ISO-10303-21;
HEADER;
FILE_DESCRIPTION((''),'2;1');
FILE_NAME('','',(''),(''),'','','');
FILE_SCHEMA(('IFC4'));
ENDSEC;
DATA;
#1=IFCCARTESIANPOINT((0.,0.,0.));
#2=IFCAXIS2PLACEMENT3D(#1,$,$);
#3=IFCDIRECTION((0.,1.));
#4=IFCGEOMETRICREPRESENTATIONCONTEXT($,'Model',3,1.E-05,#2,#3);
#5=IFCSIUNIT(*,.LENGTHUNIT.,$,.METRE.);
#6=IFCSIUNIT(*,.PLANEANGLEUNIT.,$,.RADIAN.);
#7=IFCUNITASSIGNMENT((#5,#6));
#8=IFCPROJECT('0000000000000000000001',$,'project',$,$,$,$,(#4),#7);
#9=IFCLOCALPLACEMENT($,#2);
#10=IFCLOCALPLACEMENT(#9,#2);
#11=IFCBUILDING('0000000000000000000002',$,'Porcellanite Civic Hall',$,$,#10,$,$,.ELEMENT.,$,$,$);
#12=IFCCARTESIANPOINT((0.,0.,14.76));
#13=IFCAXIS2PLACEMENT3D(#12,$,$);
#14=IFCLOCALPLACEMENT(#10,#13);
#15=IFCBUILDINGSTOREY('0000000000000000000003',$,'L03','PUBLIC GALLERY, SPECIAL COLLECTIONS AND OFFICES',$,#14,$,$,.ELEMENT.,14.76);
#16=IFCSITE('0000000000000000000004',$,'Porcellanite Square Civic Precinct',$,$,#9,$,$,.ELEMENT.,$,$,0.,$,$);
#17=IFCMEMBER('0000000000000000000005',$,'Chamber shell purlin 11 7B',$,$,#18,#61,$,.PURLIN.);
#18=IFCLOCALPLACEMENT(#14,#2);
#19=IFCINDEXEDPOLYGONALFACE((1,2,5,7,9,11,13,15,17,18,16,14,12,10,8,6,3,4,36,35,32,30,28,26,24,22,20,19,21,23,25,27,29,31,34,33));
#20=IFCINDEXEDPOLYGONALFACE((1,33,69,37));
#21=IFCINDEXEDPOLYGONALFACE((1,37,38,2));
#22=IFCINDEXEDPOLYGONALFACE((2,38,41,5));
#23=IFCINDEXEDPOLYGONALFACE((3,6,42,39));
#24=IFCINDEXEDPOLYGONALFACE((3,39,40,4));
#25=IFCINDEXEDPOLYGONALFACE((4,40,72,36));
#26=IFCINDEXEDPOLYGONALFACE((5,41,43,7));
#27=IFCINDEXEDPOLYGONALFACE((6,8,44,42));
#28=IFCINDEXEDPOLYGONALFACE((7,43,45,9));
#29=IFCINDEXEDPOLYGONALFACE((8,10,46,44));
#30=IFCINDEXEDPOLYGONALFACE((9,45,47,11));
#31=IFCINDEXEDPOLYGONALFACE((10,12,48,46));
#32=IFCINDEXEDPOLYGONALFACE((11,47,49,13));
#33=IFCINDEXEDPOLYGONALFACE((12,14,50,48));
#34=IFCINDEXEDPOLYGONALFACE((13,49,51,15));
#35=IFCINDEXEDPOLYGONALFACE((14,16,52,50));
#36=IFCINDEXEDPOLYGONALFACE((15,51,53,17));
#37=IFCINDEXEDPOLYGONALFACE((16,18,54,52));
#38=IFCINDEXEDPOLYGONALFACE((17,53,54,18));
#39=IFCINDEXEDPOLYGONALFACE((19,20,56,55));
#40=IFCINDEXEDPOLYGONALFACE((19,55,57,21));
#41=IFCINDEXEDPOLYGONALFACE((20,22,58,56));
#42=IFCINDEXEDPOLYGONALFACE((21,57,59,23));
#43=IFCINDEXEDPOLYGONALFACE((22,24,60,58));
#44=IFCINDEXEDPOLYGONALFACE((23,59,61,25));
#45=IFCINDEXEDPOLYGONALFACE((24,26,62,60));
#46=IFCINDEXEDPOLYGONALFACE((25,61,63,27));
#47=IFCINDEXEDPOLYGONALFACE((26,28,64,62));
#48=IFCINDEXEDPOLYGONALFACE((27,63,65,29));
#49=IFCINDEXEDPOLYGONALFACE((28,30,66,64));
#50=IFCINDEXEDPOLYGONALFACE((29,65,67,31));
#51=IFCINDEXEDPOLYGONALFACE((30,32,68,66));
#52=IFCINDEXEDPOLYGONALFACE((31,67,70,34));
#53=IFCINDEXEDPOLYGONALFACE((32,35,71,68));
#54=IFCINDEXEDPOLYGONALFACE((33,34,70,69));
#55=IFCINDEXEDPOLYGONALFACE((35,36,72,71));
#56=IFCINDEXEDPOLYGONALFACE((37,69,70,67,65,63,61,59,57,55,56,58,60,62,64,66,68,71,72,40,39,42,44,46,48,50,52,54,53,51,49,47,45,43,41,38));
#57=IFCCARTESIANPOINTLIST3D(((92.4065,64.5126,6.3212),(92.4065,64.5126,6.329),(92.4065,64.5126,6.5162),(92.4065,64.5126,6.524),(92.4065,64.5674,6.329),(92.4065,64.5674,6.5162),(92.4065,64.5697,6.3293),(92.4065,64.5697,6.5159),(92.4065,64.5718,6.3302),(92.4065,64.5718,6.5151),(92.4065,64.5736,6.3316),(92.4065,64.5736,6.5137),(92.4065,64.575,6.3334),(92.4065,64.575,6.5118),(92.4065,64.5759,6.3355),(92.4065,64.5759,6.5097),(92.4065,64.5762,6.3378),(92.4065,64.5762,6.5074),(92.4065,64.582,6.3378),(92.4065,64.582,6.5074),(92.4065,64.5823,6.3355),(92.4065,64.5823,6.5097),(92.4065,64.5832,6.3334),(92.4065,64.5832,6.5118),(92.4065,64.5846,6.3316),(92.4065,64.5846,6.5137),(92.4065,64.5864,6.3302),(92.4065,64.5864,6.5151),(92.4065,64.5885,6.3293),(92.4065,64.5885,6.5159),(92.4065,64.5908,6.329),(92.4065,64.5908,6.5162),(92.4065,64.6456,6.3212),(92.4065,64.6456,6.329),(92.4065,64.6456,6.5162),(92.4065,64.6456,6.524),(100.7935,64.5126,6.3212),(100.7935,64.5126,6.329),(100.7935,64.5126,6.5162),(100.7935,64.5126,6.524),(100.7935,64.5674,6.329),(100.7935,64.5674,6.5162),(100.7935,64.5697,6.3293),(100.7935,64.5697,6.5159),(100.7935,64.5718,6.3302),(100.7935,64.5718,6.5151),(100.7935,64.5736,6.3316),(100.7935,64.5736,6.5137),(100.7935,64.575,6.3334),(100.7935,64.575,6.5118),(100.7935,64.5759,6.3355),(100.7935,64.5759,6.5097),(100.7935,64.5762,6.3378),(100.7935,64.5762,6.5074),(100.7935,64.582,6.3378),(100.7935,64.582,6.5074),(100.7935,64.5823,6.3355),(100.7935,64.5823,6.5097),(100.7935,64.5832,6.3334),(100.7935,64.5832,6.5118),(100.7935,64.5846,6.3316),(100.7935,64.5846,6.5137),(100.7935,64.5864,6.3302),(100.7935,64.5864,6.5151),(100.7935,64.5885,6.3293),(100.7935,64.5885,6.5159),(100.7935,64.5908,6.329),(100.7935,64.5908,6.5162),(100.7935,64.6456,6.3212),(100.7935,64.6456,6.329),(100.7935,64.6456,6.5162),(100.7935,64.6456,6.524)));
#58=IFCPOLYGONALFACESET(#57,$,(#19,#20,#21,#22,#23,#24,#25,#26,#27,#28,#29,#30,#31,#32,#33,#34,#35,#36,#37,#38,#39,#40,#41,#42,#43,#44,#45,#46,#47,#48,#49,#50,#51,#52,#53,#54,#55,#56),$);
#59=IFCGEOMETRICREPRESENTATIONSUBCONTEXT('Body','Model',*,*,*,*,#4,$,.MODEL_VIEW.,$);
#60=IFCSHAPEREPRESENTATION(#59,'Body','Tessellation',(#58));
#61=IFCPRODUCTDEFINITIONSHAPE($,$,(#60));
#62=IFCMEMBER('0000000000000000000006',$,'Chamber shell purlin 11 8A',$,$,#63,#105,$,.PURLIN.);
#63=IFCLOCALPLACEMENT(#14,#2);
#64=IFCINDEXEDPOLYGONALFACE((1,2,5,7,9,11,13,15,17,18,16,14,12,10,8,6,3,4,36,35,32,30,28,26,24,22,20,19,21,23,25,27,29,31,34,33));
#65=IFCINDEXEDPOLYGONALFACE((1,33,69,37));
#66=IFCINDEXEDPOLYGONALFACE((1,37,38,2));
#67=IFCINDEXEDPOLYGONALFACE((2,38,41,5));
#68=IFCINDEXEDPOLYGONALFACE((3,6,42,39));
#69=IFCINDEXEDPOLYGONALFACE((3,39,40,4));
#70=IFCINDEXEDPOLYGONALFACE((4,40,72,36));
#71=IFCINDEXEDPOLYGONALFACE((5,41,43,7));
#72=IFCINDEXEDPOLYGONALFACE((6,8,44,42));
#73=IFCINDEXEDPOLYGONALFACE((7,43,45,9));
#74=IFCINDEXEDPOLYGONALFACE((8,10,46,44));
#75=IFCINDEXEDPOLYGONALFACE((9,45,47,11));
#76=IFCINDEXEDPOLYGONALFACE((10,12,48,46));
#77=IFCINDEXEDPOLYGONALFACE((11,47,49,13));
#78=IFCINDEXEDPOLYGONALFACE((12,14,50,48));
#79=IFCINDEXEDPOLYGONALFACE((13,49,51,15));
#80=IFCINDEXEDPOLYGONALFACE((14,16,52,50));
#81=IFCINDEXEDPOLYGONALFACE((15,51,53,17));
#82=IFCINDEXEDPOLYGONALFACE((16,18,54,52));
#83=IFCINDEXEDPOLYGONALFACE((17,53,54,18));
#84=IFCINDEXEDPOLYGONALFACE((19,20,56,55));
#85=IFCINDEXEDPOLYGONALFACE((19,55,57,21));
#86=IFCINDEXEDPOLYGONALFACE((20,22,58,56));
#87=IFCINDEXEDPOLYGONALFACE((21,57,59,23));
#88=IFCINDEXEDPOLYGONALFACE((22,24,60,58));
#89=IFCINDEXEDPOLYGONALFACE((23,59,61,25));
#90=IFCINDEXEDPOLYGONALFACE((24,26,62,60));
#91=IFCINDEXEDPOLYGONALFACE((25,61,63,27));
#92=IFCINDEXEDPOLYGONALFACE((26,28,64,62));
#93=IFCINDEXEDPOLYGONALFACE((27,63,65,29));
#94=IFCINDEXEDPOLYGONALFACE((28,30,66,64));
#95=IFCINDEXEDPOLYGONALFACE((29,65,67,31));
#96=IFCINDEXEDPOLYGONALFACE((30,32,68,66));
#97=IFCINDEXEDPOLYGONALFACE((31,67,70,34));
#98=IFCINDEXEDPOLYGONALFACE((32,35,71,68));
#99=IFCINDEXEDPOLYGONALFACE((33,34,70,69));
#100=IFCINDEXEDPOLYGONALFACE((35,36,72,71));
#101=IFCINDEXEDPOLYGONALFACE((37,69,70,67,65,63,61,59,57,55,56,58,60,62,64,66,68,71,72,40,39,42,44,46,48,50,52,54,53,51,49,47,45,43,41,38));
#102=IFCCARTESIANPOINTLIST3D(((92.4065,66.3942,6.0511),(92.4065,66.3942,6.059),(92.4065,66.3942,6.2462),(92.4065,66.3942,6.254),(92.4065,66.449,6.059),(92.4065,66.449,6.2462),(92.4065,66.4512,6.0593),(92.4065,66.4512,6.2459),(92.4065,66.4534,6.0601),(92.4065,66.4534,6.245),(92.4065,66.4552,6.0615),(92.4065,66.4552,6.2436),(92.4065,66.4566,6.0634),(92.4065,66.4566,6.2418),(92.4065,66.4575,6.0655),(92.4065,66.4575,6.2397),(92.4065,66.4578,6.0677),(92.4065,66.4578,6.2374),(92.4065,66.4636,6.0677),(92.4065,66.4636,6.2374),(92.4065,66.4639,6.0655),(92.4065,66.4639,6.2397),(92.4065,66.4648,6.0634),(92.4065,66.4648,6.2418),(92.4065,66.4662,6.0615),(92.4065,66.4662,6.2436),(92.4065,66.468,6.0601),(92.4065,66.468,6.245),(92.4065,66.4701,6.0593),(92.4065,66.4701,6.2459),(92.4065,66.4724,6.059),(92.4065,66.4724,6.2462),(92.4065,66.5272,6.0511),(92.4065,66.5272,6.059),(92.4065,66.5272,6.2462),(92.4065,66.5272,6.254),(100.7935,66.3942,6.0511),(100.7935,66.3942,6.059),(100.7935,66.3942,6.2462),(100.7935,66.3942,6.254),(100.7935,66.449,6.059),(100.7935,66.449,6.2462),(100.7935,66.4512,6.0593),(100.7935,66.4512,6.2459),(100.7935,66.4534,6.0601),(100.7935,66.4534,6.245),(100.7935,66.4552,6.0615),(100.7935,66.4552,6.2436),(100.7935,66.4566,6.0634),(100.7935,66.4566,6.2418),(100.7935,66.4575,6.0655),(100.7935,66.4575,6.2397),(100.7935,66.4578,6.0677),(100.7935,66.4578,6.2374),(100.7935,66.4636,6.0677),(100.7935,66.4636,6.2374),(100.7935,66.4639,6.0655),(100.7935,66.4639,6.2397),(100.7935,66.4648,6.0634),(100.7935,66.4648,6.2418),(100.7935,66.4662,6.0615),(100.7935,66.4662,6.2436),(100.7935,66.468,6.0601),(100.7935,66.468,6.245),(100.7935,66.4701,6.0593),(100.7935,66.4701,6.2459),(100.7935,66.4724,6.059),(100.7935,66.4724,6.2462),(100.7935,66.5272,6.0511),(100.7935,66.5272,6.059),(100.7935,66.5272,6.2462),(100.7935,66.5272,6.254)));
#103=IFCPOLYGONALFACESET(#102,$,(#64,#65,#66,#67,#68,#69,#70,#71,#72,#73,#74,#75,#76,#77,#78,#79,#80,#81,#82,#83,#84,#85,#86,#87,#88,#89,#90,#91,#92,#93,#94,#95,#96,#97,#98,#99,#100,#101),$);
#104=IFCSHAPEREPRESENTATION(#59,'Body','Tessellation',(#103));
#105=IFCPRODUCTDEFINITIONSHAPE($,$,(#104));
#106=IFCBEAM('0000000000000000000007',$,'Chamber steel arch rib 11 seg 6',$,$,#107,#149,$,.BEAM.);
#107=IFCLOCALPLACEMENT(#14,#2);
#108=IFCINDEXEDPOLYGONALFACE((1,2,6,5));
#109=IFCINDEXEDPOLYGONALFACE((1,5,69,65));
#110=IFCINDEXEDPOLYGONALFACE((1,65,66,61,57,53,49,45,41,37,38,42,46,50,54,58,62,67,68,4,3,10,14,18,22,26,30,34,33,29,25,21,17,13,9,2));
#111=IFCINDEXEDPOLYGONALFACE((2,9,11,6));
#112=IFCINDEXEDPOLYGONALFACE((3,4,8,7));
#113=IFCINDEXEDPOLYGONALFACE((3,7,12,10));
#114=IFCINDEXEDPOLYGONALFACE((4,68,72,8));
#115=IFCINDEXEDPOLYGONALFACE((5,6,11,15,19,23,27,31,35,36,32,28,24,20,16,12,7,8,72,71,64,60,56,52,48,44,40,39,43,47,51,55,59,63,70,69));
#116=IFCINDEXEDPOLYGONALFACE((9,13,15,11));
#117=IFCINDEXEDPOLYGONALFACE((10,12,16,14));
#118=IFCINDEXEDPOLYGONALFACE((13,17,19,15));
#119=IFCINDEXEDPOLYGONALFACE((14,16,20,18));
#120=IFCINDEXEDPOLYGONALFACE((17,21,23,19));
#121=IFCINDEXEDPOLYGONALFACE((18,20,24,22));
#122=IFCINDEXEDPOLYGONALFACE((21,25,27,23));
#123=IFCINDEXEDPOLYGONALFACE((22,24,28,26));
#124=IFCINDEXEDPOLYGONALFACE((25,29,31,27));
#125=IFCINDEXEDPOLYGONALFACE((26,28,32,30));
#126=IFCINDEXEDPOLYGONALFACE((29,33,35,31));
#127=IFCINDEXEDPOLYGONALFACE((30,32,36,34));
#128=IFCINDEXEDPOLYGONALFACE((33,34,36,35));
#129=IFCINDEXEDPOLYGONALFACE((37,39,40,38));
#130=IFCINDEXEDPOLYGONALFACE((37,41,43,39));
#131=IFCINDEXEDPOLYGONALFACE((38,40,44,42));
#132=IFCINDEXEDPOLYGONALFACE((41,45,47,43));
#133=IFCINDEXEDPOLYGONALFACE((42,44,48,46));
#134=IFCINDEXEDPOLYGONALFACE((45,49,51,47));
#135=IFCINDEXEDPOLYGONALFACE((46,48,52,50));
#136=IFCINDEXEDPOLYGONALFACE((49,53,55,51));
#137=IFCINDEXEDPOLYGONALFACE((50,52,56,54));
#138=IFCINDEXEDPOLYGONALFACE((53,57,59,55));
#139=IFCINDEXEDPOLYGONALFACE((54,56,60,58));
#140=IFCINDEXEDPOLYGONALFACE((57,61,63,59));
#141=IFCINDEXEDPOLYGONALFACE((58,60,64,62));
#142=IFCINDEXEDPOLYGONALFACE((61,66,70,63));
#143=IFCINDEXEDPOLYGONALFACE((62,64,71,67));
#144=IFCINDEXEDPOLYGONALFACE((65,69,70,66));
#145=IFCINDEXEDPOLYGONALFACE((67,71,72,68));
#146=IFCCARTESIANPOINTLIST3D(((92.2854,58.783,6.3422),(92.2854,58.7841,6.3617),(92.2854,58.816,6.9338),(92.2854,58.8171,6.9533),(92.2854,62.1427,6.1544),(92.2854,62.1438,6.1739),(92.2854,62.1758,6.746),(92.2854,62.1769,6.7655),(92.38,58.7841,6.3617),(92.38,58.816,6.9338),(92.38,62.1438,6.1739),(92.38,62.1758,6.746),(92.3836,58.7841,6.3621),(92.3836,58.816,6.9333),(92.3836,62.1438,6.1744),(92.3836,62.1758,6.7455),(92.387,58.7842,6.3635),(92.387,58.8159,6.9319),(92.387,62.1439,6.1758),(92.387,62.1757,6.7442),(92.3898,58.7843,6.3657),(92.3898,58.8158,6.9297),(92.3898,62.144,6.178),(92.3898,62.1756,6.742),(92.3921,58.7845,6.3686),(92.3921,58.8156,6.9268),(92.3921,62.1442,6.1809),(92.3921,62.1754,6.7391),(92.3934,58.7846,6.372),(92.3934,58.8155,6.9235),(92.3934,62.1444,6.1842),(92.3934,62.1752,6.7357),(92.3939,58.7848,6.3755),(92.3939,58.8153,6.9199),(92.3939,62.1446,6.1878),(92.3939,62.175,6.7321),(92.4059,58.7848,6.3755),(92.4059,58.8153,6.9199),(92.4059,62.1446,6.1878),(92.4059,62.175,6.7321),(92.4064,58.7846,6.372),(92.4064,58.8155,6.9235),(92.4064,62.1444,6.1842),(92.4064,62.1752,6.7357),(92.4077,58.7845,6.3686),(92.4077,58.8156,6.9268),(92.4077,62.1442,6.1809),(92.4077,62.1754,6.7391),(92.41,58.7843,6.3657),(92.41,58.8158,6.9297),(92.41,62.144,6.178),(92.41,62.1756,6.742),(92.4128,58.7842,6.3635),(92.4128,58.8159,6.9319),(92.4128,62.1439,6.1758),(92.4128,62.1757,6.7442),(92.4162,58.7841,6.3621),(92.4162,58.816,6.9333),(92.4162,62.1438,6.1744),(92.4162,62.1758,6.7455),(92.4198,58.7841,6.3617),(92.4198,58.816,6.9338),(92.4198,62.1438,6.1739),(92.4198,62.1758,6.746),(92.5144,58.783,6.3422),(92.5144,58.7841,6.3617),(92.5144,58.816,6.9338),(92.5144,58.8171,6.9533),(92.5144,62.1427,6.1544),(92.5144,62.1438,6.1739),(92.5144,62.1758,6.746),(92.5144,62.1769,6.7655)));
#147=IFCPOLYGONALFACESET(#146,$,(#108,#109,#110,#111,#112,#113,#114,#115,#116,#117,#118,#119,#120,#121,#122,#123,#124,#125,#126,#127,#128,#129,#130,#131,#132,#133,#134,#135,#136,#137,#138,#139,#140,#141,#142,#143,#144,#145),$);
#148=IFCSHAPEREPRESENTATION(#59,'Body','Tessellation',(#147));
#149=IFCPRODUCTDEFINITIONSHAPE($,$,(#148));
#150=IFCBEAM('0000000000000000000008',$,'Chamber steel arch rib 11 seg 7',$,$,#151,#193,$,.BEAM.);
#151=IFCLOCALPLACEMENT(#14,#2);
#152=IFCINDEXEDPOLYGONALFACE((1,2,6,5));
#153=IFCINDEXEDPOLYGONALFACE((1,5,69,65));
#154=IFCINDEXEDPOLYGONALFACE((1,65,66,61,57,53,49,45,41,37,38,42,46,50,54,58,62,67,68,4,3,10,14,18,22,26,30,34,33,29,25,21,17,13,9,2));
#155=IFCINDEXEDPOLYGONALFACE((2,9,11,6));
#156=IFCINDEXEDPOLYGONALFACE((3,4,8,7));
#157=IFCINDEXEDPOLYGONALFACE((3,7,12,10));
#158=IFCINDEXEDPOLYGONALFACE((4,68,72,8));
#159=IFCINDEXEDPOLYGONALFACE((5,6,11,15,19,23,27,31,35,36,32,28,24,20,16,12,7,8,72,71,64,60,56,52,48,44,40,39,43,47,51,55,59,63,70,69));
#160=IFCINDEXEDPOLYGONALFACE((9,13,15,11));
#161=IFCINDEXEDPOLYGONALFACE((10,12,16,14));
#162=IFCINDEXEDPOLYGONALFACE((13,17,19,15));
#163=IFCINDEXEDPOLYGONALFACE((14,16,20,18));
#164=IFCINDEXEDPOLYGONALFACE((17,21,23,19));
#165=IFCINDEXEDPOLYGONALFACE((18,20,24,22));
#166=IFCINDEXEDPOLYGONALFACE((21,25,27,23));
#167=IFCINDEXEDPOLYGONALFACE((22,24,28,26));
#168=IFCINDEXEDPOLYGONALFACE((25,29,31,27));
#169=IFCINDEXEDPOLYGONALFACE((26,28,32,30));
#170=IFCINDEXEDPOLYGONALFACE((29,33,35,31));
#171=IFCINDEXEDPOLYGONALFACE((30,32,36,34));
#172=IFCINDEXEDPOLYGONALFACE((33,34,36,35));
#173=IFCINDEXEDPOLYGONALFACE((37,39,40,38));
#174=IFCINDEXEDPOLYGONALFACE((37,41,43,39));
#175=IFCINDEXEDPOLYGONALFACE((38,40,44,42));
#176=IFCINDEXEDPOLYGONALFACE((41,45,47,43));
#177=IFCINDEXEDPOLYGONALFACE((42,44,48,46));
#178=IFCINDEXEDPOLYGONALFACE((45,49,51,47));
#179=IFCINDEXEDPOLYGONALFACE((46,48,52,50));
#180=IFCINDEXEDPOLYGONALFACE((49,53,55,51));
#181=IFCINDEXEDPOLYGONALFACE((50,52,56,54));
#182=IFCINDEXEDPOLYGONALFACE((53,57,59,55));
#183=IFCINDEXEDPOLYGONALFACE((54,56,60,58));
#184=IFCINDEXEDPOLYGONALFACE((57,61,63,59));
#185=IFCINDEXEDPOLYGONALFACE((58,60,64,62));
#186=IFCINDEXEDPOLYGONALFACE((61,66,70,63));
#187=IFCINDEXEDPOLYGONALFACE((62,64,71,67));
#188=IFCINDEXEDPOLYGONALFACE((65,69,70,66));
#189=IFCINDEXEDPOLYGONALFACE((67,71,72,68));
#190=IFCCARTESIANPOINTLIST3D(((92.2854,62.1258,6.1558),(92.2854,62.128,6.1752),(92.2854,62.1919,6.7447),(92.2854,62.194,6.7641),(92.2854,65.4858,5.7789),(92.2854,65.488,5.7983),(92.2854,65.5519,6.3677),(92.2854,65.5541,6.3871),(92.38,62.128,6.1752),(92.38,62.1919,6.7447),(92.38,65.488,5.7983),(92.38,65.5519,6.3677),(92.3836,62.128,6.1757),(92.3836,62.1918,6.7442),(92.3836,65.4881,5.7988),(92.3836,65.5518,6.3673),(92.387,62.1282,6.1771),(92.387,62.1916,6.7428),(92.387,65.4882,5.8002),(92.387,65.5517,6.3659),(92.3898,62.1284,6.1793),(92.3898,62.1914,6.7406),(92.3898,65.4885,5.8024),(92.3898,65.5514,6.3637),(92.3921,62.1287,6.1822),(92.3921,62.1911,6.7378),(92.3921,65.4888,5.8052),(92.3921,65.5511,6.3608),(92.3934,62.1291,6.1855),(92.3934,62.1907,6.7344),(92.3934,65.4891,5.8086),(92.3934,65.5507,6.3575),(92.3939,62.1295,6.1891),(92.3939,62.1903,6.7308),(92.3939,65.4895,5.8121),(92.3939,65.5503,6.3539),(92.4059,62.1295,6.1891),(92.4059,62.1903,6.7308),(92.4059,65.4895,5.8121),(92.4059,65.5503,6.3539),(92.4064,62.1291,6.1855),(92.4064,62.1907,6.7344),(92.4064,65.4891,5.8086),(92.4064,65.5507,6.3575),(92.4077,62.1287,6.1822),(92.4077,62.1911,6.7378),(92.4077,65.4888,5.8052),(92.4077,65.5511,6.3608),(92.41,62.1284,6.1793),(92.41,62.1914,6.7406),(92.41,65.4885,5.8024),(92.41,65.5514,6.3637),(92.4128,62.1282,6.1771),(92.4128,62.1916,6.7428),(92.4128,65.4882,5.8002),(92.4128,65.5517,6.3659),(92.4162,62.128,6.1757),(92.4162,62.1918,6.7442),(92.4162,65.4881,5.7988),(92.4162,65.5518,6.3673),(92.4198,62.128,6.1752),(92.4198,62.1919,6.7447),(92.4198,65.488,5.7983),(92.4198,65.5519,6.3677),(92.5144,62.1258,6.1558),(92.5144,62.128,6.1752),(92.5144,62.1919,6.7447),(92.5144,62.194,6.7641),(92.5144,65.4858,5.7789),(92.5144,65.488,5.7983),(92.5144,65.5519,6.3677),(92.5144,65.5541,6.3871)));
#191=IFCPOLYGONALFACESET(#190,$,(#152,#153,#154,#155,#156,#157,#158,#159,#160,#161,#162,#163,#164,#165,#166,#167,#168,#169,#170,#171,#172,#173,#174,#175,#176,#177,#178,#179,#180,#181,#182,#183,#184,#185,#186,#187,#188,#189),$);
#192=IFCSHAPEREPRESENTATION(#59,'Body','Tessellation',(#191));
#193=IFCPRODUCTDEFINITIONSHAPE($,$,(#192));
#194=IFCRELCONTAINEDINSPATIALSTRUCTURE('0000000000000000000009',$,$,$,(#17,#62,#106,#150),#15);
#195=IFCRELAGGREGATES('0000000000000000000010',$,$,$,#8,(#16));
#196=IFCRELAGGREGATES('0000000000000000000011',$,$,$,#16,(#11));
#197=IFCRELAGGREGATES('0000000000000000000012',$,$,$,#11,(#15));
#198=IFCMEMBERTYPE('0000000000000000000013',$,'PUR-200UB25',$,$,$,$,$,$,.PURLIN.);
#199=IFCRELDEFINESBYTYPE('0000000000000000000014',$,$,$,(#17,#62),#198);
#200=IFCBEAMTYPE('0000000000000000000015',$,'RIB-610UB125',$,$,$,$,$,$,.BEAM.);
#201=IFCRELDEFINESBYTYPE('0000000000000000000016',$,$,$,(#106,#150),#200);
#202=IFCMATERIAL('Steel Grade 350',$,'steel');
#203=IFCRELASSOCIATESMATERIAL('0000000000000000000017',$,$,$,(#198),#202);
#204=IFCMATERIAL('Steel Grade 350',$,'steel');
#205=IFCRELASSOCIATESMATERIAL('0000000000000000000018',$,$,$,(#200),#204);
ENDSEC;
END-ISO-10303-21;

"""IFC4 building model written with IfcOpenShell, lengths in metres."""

from ifc_helpers import new_model, si_unit, direction, frame, origin, origin_2d, place, context, subcontext, project, spatial, i_section, extrude, material, material_profile, profile_set, type_object, element, save


model = new_model("IFC4")

# Units and contexts
model_context = context("Model", 3, precision=1e-05, world=origin(), true_north=direction((0.0, 1.0)))
body_context = subcontext(model_context, "Body", "Model", "MODEL_VIEW")
ifc_project = project(units=[si_unit("LENGTHUNIT", "METRE"), si_unit("PLANEANGLEUNIT", "RADIAN")], contexts=[model_context])

# Site, building, storey
site_placement = place(None, origin())
site = spatial("IfcSite", under=ifc_project, at=site_placement, Name="Porcellanite Square Civic Precinct", CompositionType="ELEMENT", RefElevation=0.0)
building_placement = place(site_placement, origin())
building = spatial("IfcBuilding", under=site, at=building_placement, Name="Porcellanite Civic Hall", CompositionType="ELEMENT")
storey_placement = place(building_placement, frame((0.0, 0.0, 14.76)))
storey = spatial("IfcBuildingStorey", under=building, at=storey_placement, Name="L03", Description="PUBLIC GALLERY, SPECIAL COLLECTIONS AND OFFICES", CompositionType="ELEMENT", Elevation=14.76)

# Members
ifc_material_1 = material(Name="Steel Grade 350", Category="steel")
ifc_material_profile_1 = material_profile(ifc_material_1, i_section(OverallWidth=0.1331, OverallDepth=0.2029, WebThickness=0.0059, FlangeThickness=0.0078, FilletRadius=0.0088, at=origin_2d()), Name="200UB25.4")
ifc_profile_set_1 = profile_set([ifc_material_profile_1], Name="Steel Grade 350")
member_type_1 = type_object("IfcMemberType", Name="PUR-200UB25", PredefinedType="PURLIN", material=ifc_profile_set_1)
for number, where, z_axis, x_axis, name in (
    (1, (92.4065, 64.5791, 6.4226), (1.0, 0.0, 0.0), (0.0, 1.0, 0.0), "Chamber shell purlin 11 7B"),
    (2, (92.4065, 66.4607, 6.1526), (1.0, 0.0, 0.0), (0.0, 1.0, 0.0), "Chamber shell purlin 11 8A"),
):
    element("IfcMember", number, at=place(storey_placement, frame(where, z_axis=z_axis, x_axis=x_axis)), inside=storey, type_object=member_type_1, Name=name, PredefinedType="PURLIN", context=body_context, shape_type="SweptSolid", body=[
        extrude(i_section(OverallWidth=0.1331, OverallDepth=0.2029, WebThickness=0.0059, FlangeThickness=0.0078, FilletRadius=0.0088, at=origin_2d()), origin(), (0.0, 0.0, 1.0), 8.387),
    ])

# Beams
ifc_material_2 = material(Name="Steel Grade 350", Category="steel")
ifc_material_profile_2 = material_profile(ifc_material_2, i_section(OverallWidth=0.229, OverallDepth=0.6121, WebThickness=0.012, FlangeThickness=0.0195, FilletRadius=0.0139, at=origin_2d()), Name="610UB125")
ifc_profile_set_2 = profile_set([ifc_material_profile_2], Name="Steel Grade 350")
beam_type = type_object("IfcBeamType", Name="RIB-610UB125", PredefinedType="BEAM", material=ifc_profile_set_2)
beam_1_placement = place(storey_placement, frame((92.3999, 58.8, 6.6477), z_axis=(0.0, 0.998442, -0.055791), x_axis=(-1.0, 0.0, 0.0)))
element("IfcBeam", 3, at=beam_1_placement, inside=storey, type_object=beam_type, Name="Chamber steel arch rib 11 seg 6", PredefinedType="BEAM", context=body_context, shape_type="SweptSolid", body=[
    extrude(i_section(OverallWidth=0.229, OverallDepth=0.6121, WebThickness=0.012, FlangeThickness=0.0195, FilletRadius=0.0139, at=origin_2d()), origin(), (0.0, 0.0, 1.0), 3.365),
])
beam_2_placement = place(storey_placement, frame((92.3999, 62.1599, 6.46), z_axis=(0.0, 0.993766, -0.111485), x_axis=(-1.0, 0.0, 0.0)))
element("IfcBeam", 4, at=beam_2_placement, inside=storey, type_object=beam_type, Name="Chamber steel arch rib 11 seg 7", PredefinedType="BEAM", context=body_context, shape_type="SweptSolid", body=[
    extrude(i_section(OverallWidth=0.229, OverallDepth=0.6121, WebThickness=0.012, FlangeThickness=0.0195, FilletRadius=0.0139, at=origin_2d()), origin(), (0.0, 0.0, 1.0), 3.3811),
])

save(model, "model.ifc")
